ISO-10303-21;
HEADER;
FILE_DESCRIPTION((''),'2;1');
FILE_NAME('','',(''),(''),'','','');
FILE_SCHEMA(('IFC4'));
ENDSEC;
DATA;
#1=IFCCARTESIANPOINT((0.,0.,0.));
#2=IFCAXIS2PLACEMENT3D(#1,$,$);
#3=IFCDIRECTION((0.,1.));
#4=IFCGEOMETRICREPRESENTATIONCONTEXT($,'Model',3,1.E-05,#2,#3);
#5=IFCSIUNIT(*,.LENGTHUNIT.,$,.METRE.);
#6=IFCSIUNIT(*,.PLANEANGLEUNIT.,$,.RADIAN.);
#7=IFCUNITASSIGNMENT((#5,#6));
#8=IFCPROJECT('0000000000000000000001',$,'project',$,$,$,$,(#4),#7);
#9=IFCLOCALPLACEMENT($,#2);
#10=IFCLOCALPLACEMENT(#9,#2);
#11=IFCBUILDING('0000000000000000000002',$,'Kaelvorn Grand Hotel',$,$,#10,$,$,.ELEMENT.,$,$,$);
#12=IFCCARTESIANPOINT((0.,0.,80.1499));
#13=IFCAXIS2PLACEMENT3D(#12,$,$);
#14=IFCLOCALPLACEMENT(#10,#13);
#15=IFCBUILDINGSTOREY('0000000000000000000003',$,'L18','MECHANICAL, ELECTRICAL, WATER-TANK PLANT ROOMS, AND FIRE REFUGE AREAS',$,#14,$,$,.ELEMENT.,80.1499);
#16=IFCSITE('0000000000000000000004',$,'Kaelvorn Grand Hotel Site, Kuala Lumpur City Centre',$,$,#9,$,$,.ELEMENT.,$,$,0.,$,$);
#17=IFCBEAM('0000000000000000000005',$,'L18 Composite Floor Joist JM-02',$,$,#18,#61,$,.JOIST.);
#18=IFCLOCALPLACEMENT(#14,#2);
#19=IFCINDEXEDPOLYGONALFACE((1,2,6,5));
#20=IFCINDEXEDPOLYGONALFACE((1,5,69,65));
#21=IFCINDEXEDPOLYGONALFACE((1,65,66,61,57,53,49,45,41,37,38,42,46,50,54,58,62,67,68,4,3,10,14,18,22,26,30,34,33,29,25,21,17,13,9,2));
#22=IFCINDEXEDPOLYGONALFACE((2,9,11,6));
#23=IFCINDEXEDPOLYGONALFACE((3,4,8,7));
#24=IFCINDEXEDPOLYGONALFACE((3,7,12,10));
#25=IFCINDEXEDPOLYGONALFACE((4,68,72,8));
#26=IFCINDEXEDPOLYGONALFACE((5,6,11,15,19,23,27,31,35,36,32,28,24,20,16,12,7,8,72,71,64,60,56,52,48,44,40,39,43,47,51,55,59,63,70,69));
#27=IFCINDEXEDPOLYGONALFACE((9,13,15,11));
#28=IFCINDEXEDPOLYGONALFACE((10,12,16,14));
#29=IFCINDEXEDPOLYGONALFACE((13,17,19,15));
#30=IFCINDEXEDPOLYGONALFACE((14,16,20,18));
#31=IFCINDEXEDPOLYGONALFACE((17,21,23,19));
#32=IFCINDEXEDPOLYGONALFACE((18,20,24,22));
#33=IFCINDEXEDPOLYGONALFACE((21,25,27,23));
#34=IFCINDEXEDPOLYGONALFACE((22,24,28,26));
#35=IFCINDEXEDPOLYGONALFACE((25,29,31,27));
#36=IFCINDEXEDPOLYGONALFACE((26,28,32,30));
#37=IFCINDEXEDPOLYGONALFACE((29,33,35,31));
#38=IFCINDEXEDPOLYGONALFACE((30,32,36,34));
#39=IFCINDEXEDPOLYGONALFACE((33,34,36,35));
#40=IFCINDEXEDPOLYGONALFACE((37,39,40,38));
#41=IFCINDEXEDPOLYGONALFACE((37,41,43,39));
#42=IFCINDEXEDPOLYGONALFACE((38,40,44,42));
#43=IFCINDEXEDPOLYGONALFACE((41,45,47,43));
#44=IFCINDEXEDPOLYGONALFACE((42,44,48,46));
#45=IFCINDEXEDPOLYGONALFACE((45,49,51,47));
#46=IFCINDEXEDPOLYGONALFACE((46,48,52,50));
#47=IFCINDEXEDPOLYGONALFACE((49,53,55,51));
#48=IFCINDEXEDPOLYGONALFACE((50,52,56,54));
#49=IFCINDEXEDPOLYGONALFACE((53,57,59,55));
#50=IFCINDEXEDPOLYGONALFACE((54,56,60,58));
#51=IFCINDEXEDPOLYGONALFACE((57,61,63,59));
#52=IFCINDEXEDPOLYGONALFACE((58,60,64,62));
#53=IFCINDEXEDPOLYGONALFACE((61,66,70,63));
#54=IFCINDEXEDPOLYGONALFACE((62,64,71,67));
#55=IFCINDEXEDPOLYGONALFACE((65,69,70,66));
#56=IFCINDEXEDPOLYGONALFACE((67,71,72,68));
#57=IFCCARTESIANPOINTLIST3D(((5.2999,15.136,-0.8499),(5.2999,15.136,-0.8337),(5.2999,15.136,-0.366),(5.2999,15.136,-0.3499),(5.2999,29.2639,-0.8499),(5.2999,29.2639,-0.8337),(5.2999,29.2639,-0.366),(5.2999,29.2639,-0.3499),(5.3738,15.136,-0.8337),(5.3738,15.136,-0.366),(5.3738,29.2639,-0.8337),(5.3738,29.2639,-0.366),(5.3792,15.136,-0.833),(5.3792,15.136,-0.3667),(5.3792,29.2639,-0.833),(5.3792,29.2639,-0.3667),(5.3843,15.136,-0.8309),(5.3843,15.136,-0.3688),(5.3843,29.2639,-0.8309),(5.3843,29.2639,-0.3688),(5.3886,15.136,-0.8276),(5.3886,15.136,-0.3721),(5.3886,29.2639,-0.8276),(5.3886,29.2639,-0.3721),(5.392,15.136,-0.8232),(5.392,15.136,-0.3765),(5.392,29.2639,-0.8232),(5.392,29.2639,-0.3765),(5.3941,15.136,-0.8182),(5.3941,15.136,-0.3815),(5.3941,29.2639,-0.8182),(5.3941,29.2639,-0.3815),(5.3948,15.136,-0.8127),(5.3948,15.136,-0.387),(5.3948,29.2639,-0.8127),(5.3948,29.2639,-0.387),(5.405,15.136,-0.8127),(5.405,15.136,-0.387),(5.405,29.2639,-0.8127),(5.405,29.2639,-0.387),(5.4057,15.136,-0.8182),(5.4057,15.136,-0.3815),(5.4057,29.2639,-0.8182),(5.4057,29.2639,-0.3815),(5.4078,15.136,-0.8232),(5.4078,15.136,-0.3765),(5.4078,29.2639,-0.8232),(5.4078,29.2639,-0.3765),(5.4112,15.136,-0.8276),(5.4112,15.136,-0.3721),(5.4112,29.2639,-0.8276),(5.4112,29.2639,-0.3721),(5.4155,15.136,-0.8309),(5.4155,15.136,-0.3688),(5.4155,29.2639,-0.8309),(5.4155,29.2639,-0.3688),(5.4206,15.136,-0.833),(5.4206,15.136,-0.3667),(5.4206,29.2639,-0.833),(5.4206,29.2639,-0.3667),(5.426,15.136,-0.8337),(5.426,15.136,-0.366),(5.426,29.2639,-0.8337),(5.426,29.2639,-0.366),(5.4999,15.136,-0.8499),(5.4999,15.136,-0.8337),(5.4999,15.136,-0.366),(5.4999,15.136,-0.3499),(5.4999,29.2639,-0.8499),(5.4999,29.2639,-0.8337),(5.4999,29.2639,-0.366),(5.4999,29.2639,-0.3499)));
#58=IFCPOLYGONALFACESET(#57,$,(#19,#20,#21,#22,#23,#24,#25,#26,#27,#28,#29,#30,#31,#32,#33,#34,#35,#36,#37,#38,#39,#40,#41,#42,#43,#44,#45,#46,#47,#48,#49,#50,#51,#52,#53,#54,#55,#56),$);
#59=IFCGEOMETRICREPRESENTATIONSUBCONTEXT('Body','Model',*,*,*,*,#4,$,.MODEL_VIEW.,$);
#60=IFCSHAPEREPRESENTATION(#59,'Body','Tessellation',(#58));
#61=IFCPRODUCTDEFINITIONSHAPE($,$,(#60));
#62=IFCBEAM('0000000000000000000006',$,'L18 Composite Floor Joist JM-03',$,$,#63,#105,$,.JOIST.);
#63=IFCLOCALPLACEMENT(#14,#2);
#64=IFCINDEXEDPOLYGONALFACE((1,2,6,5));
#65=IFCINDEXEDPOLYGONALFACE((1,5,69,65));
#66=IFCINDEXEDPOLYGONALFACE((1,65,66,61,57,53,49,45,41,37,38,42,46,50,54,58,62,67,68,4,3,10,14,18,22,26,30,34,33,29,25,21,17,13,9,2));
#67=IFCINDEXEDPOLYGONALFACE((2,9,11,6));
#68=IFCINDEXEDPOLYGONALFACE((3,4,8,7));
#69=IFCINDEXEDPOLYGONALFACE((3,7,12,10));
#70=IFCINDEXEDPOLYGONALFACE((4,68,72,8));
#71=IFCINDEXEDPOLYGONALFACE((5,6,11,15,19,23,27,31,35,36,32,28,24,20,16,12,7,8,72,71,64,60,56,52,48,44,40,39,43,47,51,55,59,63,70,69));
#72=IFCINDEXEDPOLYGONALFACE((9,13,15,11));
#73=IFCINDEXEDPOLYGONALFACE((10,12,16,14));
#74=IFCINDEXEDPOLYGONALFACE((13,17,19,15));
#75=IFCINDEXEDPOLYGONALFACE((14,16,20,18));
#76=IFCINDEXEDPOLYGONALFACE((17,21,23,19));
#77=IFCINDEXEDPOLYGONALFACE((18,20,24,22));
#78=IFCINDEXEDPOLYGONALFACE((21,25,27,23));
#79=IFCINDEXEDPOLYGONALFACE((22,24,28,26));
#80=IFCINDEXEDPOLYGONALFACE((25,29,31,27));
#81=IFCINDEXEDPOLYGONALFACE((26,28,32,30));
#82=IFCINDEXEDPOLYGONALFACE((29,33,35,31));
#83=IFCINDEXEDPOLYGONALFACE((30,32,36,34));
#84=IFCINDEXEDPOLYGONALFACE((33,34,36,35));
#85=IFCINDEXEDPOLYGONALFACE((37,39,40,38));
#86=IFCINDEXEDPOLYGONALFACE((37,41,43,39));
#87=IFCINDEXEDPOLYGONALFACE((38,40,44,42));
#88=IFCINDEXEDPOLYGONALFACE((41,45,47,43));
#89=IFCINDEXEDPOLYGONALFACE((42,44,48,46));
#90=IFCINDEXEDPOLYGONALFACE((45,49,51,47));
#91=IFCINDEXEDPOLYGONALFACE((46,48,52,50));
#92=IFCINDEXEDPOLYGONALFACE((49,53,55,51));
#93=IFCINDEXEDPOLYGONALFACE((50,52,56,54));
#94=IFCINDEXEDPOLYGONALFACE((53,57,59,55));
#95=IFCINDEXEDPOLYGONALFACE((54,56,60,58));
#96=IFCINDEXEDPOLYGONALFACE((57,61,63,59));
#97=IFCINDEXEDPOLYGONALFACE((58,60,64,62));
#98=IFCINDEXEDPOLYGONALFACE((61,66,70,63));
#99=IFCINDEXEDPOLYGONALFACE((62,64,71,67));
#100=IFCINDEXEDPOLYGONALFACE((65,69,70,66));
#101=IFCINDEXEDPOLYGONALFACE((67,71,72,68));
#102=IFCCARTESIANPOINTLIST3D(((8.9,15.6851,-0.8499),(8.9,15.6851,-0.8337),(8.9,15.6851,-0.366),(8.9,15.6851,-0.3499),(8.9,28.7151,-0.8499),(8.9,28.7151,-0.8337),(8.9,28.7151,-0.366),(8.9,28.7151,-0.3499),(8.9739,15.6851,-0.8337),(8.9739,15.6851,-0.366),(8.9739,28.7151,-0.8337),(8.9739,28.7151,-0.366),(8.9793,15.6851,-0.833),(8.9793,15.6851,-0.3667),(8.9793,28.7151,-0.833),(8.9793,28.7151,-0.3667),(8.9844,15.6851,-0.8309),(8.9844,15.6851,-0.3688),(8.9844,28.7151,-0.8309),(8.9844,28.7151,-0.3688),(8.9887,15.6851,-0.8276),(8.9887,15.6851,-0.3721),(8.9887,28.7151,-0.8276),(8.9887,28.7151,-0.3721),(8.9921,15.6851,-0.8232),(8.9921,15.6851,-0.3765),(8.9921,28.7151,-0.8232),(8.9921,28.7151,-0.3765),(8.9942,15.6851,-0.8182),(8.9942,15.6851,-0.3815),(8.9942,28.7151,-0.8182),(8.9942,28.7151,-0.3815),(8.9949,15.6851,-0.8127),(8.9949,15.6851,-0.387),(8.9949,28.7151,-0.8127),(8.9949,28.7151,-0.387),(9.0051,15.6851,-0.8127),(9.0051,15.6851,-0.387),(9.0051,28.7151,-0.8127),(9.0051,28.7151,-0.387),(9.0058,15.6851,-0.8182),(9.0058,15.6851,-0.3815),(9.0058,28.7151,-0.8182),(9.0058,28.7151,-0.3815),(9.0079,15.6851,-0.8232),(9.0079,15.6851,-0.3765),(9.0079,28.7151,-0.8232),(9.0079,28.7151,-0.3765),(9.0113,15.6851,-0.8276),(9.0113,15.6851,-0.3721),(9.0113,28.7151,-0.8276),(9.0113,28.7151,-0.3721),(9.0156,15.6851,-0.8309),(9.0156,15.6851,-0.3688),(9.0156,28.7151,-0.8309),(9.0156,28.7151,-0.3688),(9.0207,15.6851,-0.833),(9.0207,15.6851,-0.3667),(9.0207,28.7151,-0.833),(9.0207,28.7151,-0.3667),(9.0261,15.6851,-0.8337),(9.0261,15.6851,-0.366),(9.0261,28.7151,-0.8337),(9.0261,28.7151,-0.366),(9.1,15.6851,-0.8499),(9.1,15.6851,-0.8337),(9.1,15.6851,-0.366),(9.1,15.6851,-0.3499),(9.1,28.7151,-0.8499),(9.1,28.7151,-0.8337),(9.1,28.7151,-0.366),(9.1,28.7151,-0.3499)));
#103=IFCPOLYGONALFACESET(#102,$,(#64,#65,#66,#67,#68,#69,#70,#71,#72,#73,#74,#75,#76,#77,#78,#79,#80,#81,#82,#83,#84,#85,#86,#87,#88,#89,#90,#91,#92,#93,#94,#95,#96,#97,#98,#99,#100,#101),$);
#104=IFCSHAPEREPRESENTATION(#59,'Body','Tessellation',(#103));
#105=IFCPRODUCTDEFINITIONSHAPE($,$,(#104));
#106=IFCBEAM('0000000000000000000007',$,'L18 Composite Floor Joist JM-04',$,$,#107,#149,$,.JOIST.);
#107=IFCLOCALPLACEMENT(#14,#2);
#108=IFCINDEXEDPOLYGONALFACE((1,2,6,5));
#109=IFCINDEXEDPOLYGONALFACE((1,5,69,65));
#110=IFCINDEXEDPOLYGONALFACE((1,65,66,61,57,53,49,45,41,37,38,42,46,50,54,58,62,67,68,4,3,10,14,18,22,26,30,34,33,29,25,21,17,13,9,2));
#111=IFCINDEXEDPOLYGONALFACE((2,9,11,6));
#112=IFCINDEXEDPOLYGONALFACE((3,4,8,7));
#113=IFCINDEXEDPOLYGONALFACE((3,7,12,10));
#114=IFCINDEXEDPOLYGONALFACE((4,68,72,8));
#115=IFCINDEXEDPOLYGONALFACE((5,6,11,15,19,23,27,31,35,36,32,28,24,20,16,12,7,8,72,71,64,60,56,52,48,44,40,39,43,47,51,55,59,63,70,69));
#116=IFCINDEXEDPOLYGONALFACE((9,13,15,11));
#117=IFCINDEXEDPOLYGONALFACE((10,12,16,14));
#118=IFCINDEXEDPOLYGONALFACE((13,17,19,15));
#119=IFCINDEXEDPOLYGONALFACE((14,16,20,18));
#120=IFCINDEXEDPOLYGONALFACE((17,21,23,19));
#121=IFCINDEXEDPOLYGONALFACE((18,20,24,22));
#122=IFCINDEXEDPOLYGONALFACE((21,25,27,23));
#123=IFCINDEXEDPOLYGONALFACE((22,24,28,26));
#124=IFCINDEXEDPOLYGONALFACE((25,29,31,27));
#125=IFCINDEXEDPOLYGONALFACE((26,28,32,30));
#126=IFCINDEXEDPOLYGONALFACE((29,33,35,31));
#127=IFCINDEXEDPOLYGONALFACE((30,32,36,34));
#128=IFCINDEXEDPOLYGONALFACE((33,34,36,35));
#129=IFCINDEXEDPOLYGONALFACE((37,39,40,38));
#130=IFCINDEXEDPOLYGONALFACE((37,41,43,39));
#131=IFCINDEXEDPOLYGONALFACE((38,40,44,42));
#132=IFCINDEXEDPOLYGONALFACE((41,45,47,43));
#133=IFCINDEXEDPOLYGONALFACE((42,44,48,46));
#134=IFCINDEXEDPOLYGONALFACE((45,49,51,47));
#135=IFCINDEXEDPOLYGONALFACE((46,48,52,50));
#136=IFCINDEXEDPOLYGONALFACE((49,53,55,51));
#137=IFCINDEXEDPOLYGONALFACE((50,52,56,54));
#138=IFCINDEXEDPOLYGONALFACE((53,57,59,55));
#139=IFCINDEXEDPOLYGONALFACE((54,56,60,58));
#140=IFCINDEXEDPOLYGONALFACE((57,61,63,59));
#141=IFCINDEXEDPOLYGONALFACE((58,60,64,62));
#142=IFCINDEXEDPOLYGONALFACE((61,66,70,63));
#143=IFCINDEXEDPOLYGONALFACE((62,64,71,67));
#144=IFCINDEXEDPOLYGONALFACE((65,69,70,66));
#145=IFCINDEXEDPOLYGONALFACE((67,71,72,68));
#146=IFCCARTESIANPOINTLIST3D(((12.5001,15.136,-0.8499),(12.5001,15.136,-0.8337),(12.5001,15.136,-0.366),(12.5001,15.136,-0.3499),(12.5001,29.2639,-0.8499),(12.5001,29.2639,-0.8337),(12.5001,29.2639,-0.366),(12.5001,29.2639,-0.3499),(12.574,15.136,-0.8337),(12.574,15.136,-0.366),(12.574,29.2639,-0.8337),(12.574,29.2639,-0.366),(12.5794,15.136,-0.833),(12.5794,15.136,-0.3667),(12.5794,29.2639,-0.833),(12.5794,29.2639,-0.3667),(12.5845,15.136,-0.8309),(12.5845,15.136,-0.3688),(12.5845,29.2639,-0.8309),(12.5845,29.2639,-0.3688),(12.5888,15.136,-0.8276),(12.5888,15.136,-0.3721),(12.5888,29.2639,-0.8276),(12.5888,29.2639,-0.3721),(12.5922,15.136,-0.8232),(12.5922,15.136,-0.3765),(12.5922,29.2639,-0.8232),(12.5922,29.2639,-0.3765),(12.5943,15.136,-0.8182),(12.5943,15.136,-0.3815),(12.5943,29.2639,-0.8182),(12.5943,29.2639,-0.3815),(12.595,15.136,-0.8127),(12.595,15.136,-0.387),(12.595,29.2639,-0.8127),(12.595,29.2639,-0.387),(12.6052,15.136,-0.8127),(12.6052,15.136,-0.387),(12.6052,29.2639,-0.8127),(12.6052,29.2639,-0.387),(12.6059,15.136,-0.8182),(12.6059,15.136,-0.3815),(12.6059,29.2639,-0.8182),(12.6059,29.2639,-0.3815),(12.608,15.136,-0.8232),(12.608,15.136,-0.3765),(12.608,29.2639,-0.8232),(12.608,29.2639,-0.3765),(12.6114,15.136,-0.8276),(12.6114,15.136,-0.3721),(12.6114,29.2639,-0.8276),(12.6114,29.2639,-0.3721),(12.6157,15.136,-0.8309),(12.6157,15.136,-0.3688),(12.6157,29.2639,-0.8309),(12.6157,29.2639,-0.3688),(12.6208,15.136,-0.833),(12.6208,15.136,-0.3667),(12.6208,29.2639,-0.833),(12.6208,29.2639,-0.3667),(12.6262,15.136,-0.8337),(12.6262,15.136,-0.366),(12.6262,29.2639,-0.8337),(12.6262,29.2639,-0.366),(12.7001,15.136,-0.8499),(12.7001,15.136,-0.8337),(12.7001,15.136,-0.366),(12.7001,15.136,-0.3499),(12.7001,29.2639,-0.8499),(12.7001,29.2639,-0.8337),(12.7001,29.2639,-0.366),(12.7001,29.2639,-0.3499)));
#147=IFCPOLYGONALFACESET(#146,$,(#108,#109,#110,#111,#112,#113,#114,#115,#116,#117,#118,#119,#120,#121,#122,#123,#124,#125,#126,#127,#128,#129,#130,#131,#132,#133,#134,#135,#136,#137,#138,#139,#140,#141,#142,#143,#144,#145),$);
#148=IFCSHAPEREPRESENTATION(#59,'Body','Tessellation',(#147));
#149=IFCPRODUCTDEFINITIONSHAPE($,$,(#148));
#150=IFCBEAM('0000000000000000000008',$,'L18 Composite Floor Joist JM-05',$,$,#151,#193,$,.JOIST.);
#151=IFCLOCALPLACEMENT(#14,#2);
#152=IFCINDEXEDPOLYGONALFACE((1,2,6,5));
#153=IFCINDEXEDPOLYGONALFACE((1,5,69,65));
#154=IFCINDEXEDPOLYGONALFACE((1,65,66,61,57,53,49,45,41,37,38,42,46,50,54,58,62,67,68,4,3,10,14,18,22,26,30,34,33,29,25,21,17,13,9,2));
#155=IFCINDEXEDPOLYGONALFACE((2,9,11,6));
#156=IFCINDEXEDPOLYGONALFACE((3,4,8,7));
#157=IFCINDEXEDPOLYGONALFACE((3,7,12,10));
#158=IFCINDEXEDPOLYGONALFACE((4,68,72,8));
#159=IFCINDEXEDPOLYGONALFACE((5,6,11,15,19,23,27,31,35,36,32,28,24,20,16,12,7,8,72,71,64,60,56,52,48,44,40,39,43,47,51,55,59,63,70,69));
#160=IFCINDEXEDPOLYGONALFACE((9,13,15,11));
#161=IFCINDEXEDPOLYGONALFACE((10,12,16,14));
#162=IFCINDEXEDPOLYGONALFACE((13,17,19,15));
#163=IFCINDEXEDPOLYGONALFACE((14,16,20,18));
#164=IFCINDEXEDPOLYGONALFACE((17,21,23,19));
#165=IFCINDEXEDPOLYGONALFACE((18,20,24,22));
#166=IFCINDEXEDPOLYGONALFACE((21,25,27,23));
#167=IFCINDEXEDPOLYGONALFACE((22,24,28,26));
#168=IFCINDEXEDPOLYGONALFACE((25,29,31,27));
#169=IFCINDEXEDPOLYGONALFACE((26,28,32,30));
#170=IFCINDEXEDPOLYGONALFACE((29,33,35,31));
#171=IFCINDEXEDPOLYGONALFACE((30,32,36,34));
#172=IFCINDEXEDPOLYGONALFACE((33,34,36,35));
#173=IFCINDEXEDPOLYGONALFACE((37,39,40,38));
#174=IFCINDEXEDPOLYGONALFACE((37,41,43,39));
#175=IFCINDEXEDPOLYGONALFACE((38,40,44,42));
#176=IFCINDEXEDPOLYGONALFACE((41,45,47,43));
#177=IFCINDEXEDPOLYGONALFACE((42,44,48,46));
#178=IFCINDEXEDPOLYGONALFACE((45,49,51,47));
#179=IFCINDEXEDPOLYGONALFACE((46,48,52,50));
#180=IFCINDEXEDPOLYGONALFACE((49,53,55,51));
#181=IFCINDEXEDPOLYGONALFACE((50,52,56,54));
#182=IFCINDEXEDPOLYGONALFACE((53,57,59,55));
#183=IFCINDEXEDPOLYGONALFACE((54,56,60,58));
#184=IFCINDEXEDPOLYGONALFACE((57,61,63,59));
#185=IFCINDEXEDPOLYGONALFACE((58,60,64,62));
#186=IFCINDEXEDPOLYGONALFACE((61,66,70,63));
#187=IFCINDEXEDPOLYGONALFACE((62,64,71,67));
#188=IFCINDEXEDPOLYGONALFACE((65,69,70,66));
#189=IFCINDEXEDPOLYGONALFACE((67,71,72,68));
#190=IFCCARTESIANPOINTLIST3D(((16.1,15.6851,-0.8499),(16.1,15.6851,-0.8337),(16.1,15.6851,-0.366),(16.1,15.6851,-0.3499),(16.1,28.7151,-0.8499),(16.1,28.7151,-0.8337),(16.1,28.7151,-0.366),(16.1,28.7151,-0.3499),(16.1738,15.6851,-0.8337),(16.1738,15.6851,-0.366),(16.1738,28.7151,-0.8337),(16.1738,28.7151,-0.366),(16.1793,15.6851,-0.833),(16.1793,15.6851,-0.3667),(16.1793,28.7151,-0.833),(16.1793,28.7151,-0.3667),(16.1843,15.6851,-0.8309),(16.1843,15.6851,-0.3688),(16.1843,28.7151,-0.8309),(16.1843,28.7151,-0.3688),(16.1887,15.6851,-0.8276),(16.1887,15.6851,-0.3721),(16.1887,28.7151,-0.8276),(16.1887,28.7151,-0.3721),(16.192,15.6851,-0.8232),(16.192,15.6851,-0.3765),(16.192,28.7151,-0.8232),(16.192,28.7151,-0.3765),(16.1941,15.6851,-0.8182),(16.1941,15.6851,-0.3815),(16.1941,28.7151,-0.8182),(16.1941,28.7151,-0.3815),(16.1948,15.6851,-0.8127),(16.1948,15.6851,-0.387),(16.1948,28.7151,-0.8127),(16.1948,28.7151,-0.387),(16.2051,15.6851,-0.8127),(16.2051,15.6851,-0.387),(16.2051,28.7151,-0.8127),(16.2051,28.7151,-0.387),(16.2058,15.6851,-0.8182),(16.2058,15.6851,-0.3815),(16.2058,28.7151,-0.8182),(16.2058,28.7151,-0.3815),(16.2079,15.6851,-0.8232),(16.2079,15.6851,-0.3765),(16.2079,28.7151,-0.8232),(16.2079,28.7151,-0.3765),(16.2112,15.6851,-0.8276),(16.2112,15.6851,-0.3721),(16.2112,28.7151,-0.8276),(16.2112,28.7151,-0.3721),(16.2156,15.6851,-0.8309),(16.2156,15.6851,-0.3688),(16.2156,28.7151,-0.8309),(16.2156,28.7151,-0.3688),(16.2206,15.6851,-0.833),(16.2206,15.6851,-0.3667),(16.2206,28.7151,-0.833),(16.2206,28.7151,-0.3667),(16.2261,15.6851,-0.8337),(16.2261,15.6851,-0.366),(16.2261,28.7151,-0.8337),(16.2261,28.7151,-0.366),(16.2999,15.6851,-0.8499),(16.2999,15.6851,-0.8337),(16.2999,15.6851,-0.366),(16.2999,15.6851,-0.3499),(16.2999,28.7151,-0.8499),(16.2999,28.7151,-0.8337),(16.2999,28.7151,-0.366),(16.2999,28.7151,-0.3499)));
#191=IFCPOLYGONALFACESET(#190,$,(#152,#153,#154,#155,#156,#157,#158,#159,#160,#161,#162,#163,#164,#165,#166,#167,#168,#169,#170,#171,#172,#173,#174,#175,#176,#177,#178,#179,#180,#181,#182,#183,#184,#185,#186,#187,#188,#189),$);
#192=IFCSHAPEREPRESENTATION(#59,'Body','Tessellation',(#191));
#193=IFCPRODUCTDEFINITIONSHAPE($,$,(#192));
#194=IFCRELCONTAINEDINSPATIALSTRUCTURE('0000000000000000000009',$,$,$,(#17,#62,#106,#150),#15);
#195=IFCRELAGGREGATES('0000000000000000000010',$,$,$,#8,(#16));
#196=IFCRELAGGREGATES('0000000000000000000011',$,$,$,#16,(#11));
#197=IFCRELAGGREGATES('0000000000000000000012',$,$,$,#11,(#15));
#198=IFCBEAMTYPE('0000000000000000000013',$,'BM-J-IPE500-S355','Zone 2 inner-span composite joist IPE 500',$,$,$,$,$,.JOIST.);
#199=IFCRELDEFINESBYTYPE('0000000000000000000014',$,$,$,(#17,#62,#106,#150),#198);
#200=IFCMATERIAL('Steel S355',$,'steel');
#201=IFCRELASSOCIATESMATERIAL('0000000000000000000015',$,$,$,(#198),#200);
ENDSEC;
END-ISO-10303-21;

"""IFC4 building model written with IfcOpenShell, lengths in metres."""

from ifc_helpers import new_model, si_unit, direction, frame, origin, origin_2d, place, context, subcontext, project, spatial, i_section, extrude, material, material_profile, profile_set, type_object, element, save


model = new_model("IFC4")

# Units and contexts
model_context = context("Model", 3, precision=1e-05, world=origin(), true_north=direction((0.0, 1.0)))
body_context = subcontext(model_context, "Body", "Model", "MODEL_VIEW")
ifc_project = project(units=[si_unit("LENGTHUNIT", "METRE"), si_unit("PLANEANGLEUNIT", "RADIAN")], contexts=[model_context])

# Site, building, storey
site_placement = place(None, origin())
site = spatial("IfcSite", under=ifc_project, at=site_placement, Name="Kaelvorn Grand Hotel Site, Kuala Lumpur City Centre", CompositionType="ELEMENT", RefElevation=0.0)
building_placement = place(site_placement, origin())
building = spatial("IfcBuilding", under=site, at=building_placement, Name="Kaelvorn Grand Hotel", CompositionType="ELEMENT")
storey_placement = place(building_placement, frame((0.0, 0.0, 80.1499)))
storey = spatial("IfcBuildingStorey", under=building, at=storey_placement, Name="L18", Description="MECHANICAL, ELECTRICAL, WATER-TANK PLANT ROOMS, AND FIRE REFUGE AREAS", CompositionType="ELEMENT", Elevation=80.1499)

# Beams
ifc_material_1 = material(Name="Steel S355", Category="steel")
ifc_material_profile_1 = material_profile(ifc_material_1, i_section(OverallWidth=0.2, OverallDepth=0.5, WebThickness=0.0103, FlangeThickness=0.0161, FilletRadius=0.021, at=origin_2d()), Name="IPE 500")
ifc_profile_set_1 = profile_set([ifc_material_profile_1], Name="Steel S355")
beam_type_1 = type_object("IfcBeamType", Name="BM-J-IPE500-S355", Description="Zone 2 inner-span composite joist IPE 500", PredefinedType="JOIST", material=ifc_profile_set_1)
beam_1_placement = place(storey_placement, frame((5.3999, 15.136, -0.5999), z_axis=(0.0, 1.0, 0.0), x_axis=(-1.0, 0.0, 0.0)))
element("IfcBeam", 1, at=beam_1_placement, inside=storey, type_object=beam_type_1, Name="L18 Composite Floor Joist JM-02", PredefinedType="JOIST", context=body_context, shape_type="SweptSolid", body=[
    extrude(i_section(OverallWidth=0.2, OverallDepth=0.5, WebThickness=0.0103, FlangeThickness=0.0161, FilletRadius=0.021, at=origin_2d()), origin(), (0.0, 0.0, 1.0), 14.1279),
])
beam_2_placement = place(storey_placement, frame((9.0, 15.6851, -0.5999), z_axis=(0.0, 1.0, 0.0), x_axis=(-1.0, 0.0, 0.0)))
element("IfcBeam", 2, at=beam_2_placement, inside=storey, type_object=beam_type_1, Name="L18 Composite Floor Joist JM-03", PredefinedType="JOIST", context=body_context, shape_type="SweptSolid", body=[
    extrude(i_section(OverallWidth=0.2, OverallDepth=0.5, WebThickness=0.0103, FlangeThickness=0.0161, FilletRadius=0.021, at=origin_2d()), origin(), (0.0, 0.0, 1.0), 13.03),
])
beam_3_placement = place(storey_placement, frame((12.6001, 15.136, -0.5999), z_axis=(0.0, 1.0, 0.0), x_axis=(-1.0, 0.0, 0.0)))
element("IfcBeam", 3, at=beam_3_placement, inside=storey, type_object=beam_type_1, Name="L18 Composite Floor Joist JM-04", PredefinedType="JOIST", context=body_context, shape_type="SweptSolid", body=[
    extrude(i_section(OverallWidth=0.2, OverallDepth=0.5, WebThickness=0.0103, FlangeThickness=0.0161, FilletRadius=0.021, at=origin_2d()), origin(), (0.0, 0.0, 1.0), 14.1279),
])
beam_4_placement = place(storey_placement, frame((16.2, 15.6851, -0.5999), z_axis=(0.0, 1.0, 0.0), x_axis=(-1.0, 0.0, 0.0)))
element("IfcBeam", 4, at=beam_4_placement, inside=storey, type_object=beam_type_1, Name="L18 Composite Floor Joist JM-05", PredefinedType="JOIST", context=body_context, shape_type="SweptSolid", body=[
    extrude(i_section(OverallWidth=0.2, OverallDepth=0.5, WebThickness=0.0103, FlangeThickness=0.0161, FilletRadius=0.021, at=origin_2d()), origin(), (0.0, 0.0, 1.0), 13.03),
])

save(model, "model.ifc")
